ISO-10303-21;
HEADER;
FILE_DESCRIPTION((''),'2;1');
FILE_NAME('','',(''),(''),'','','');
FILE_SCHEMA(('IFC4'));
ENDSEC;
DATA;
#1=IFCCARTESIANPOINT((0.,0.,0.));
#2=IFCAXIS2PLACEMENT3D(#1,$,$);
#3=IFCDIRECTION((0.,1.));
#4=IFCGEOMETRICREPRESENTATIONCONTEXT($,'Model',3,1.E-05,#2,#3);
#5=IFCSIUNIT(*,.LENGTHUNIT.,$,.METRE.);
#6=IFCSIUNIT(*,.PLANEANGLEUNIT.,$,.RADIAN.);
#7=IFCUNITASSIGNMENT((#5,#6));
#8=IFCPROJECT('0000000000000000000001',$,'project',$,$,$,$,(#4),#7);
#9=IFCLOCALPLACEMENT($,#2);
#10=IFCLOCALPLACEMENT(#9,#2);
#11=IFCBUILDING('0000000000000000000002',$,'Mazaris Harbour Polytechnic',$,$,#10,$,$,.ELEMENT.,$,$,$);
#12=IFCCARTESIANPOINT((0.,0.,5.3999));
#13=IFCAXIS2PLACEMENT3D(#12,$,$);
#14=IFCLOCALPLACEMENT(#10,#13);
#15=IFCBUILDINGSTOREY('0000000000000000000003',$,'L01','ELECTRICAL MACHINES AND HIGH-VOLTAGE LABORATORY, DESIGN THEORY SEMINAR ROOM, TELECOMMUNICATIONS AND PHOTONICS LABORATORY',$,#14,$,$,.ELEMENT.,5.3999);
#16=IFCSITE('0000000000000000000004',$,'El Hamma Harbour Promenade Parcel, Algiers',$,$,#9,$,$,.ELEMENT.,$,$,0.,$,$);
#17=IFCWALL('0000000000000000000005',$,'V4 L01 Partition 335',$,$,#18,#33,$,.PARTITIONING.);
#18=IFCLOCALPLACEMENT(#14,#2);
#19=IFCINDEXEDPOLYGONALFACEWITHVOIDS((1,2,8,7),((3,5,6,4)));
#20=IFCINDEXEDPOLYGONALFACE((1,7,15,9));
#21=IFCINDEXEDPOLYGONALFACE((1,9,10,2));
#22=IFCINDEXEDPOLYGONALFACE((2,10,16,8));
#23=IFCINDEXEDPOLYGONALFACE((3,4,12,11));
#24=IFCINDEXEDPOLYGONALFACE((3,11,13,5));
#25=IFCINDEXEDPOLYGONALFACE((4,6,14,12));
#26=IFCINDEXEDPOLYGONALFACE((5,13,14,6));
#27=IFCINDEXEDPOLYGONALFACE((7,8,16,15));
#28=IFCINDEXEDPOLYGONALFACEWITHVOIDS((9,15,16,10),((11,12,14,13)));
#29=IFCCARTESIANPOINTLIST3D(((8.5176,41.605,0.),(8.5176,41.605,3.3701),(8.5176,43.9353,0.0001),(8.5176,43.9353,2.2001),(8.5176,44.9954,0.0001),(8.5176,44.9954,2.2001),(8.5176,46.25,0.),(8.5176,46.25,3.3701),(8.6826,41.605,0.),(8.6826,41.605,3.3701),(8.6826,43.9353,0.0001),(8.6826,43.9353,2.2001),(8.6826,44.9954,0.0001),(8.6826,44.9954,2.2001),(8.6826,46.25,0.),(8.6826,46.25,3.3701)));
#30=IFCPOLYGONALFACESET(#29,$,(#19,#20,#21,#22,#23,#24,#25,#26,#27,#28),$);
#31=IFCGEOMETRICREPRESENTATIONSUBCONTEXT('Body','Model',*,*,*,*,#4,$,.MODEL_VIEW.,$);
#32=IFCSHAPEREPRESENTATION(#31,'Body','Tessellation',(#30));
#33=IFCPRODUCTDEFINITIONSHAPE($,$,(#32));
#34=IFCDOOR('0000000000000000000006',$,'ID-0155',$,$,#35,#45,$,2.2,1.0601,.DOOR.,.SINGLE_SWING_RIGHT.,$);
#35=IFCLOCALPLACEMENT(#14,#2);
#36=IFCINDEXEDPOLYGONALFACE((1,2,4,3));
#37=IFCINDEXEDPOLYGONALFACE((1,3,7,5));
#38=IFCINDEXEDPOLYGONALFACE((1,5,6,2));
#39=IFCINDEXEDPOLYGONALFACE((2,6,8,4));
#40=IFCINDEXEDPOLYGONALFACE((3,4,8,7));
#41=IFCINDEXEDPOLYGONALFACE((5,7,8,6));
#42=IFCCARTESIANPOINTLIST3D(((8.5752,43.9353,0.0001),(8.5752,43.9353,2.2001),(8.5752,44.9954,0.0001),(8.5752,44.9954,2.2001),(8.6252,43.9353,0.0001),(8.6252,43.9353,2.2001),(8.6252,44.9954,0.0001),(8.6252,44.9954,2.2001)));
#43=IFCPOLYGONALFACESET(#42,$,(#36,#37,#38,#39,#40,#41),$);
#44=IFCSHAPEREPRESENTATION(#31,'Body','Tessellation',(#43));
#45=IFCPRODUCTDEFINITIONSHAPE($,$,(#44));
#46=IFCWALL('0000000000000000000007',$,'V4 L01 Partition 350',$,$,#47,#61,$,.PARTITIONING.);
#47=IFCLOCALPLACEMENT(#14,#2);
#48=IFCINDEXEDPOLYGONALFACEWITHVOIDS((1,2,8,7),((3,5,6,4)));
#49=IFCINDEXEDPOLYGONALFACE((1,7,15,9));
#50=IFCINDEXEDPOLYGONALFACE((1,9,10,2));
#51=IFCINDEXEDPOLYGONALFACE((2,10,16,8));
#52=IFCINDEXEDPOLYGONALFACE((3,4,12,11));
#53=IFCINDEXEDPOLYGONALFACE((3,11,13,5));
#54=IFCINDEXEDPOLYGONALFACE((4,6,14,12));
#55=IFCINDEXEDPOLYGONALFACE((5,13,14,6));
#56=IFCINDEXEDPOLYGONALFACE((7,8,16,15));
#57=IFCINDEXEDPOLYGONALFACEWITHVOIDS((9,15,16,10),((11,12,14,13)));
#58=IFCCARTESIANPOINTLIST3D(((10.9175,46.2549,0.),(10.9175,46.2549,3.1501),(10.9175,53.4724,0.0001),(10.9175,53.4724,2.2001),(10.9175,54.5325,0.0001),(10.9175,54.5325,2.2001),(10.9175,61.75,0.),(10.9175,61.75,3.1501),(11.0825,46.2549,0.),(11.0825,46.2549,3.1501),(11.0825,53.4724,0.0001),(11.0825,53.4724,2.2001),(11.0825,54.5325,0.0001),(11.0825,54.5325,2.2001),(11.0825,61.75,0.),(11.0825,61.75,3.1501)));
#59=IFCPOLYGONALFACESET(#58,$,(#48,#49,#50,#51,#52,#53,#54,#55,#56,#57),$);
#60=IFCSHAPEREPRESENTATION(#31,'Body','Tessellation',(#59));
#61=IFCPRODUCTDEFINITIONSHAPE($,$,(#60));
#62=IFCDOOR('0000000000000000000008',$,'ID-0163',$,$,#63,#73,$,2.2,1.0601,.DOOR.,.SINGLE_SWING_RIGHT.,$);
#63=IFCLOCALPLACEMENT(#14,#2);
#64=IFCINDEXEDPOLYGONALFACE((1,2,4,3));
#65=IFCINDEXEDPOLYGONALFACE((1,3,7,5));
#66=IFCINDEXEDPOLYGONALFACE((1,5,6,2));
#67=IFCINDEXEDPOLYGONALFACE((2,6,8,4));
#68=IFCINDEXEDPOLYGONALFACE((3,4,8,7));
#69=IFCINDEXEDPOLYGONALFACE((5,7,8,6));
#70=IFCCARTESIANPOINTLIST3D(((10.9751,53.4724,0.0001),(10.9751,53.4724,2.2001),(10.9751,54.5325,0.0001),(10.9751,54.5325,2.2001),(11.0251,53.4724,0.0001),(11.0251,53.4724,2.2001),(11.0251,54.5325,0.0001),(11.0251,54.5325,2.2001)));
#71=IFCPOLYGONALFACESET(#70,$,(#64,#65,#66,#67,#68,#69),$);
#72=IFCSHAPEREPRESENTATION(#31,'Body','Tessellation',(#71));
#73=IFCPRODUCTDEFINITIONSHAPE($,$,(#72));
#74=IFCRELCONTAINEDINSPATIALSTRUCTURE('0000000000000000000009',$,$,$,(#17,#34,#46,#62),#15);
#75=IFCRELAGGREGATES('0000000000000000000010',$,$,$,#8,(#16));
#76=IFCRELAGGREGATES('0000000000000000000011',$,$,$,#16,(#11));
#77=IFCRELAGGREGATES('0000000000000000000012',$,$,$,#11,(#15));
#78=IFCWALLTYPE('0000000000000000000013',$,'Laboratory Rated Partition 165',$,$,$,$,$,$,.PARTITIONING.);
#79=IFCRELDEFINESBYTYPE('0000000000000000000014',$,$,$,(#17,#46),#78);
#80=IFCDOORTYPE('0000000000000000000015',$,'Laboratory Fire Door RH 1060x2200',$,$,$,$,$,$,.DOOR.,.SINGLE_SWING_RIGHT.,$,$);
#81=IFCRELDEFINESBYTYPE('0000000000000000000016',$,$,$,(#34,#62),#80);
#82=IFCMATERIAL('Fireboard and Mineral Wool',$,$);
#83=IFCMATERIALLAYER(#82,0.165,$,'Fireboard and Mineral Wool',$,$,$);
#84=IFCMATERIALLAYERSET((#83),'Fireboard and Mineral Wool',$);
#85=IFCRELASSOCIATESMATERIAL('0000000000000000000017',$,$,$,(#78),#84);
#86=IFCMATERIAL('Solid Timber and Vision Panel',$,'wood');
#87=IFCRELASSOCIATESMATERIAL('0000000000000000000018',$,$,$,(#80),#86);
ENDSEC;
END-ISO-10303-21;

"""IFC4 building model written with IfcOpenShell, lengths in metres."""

from ifc_helpers import new_model, si_unit, direction, frame, frame_2d, origin, place, context, subcontext, project, spatial, rectangle, extrude, material, layer, layer_set, type_object, element, fill, save


model = new_model("IFC4")

# Units and contexts
model_context = context("Model", 3, precision=1e-05, world=origin(), true_north=direction((0.0, 1.0)))
body_context = subcontext(model_context, "Body", "Model", "MODEL_VIEW")
ifc_project = project(units=[si_unit("LENGTHUNIT", "METRE"), si_unit("PLANEANGLEUNIT", "RADIAN")], contexts=[model_context])

# Site, building, storey
site_placement = place(None, origin())
site = spatial("IfcSite", under=ifc_project, at=site_placement, Name="El Hamma Harbour Promenade Parcel, Algiers", CompositionType="ELEMENT", RefElevation=0.0)
building_placement = place(site_placement, origin())
building = spatial("IfcBuilding", under=site, at=building_placement, Name="Mazaris Harbour Polytechnic", CompositionType="ELEMENT")
storey_placement = place(building_placement, frame((0.0, 0.0, 5.3999)))
storey = spatial("IfcBuildingStorey", under=building, at=storey_placement, Name="L01", Description="ELECTRICAL MACHINES AND HIGH-VOLTAGE LABORATORY, DESIGN THEORY SEMINAR ROOM, TELECOMMUNICATIONS AND PHOTONICS LABORATORY", CompositionType="ELEMENT", Elevation=5.3999)

# Walls, openings, doors
ifc_material_1 = material(Name="Fireboard and Mineral Wool")
ifc_layer_1 = layer(ifc_material_1, 0.165, Name="Fireboard and Mineral Wool")
ifc_layer_set_1 = layer_set([ifc_layer_1], Name="Fireboard and Mineral Wool")
wall_type_1 = type_object("IfcWallType", Name="Laboratory Rated Partition 165", PredefinedType="PARTITIONING", material=ifc_layer_set_1)
wall_1_placement = place(storey_placement, frame((8.6001, 41.605, 0.0), z_axis=(0.0, 0.0, 1.0), x_axis=(0.0, 1.0, 0.0)))
wall_1 = element("IfcWall", 1, at=wall_1_placement, inside=storey, type_object=wall_type_1, Name="V4 L01 Partition 335", PredefinedType="PARTITIONING", context=body_context, shape_type="SweptSolid", body=[
    extrude(rectangle(XDim=4.645, YDim=0.165, at=frame_2d((2.3225, 0.0))), origin(), (0.0, 0.0, 1.0), 3.3701),
])
opening_1_placement = place(wall_1_placement, frame((2.3303, 0.0, 0.0)))
opening_1 = element("IfcOpeningElement", 2, at=opening_1_placement, cuts=wall_1, PredefinedType="OPENING", context=body_context, shape_type="SweptSolid", body=[
    extrude(rectangle(XDim=1.0601, YDim=2.2, at=frame_2d((0.53, 1.1001))), frame((0.0, 0.0925, 0.0), z_axis=(0.0, -1.0, 0.0), x_axis=(1.0, 0.0, 0.0)), (0.0, 0.0, 1.0), 0.1851),
])
ifc_material_2 = material(Name="Solid Timber and Vision Panel", Category="wood")
door_type_1 = type_object("IfcDoorType", Name="Laboratory Fire Door RH 1060x2200", OperationType="SINGLE_SWING_RIGHT", PredefinedType="DOOR", material=ifc_material_2)
door_1_placement = place(opening_1_placement, origin())
door_1 = element("IfcDoor", 3, at=door_1_placement, inside=storey, type_object=door_type_1, Name="ID-0155", OperationType="SINGLE_SWING_RIGHT", OverallHeight=2.2, OverallWidth=1.0601, PredefinedType="DOOR", context=body_context, shape_type="SweptSolid", body=[
    extrude(rectangle(XDim=1.0601, YDim=2.2, at=frame_2d((0.53, 1.1001))), frame((0.0, 0.0249, 0.0), z_axis=(0.0, -1.0, 0.0), x_axis=(1.0, 0.0, 0.0)), (0.0, 0.0, 1.0), 0.05),
])
fill(opening_1, door_1)
wall_2_placement = place(storey_placement, frame((11.0, 46.2549, 0.0), z_axis=(0.0, 0.0, 1.0), x_axis=(0.0, 1.0, 0.0)))
wall_2 = element("IfcWall", 4, at=wall_2_placement, inside=storey, type_object=wall_type_1, Name="V4 L01 Partition 350", PredefinedType="PARTITIONING", context=body_context, shape_type="SweptSolid", body=[
    extrude(rectangle(XDim=15.4951, YDim=0.165, at=frame_2d((7.7476, 0.0))), origin(), (0.0, 0.0, 1.0), 3.1501),
])
opening_2_placement = place(wall_2_placement, frame((7.2175, 0.0, 0.0)))
opening_2 = element("IfcOpeningElement", 5, at=opening_2_placement, cuts=wall_2, PredefinedType="OPENING", context=body_context, shape_type="SweptSolid", body=[
    extrude(rectangle(XDim=1.0601, YDim=2.2, at=frame_2d((0.53, 1.1001))), frame((0.0, 0.0925, 0.0), z_axis=(0.0, -1.0, 0.0), x_axis=(1.0, 0.0, 0.0)), (0.0, 0.0, 1.0), 0.1851),
])
door_2_placement = place(opening_2_placement, origin())
door_2 = element("IfcDoor", 6, at=door_2_placement, inside=storey, type_object=door_type_1, Name="ID-0163", OperationType="SINGLE_SWING_RIGHT", OverallHeight=2.2, OverallWidth=1.0601, PredefinedType="DOOR", context=body_context, shape_type="SweptSolid", body=[
    extrude(rectangle(XDim=1.0601, YDim=2.2, at=frame_2d((0.53, 1.1001))), frame((0.0, 0.0249, 0.0), z_axis=(0.0, -1.0, 0.0), x_axis=(1.0, 0.0, 0.0)), (0.0, 0.0, 1.0), 0.05),
])
fill(opening_2, door_2)

save(model, "model.ifc")
